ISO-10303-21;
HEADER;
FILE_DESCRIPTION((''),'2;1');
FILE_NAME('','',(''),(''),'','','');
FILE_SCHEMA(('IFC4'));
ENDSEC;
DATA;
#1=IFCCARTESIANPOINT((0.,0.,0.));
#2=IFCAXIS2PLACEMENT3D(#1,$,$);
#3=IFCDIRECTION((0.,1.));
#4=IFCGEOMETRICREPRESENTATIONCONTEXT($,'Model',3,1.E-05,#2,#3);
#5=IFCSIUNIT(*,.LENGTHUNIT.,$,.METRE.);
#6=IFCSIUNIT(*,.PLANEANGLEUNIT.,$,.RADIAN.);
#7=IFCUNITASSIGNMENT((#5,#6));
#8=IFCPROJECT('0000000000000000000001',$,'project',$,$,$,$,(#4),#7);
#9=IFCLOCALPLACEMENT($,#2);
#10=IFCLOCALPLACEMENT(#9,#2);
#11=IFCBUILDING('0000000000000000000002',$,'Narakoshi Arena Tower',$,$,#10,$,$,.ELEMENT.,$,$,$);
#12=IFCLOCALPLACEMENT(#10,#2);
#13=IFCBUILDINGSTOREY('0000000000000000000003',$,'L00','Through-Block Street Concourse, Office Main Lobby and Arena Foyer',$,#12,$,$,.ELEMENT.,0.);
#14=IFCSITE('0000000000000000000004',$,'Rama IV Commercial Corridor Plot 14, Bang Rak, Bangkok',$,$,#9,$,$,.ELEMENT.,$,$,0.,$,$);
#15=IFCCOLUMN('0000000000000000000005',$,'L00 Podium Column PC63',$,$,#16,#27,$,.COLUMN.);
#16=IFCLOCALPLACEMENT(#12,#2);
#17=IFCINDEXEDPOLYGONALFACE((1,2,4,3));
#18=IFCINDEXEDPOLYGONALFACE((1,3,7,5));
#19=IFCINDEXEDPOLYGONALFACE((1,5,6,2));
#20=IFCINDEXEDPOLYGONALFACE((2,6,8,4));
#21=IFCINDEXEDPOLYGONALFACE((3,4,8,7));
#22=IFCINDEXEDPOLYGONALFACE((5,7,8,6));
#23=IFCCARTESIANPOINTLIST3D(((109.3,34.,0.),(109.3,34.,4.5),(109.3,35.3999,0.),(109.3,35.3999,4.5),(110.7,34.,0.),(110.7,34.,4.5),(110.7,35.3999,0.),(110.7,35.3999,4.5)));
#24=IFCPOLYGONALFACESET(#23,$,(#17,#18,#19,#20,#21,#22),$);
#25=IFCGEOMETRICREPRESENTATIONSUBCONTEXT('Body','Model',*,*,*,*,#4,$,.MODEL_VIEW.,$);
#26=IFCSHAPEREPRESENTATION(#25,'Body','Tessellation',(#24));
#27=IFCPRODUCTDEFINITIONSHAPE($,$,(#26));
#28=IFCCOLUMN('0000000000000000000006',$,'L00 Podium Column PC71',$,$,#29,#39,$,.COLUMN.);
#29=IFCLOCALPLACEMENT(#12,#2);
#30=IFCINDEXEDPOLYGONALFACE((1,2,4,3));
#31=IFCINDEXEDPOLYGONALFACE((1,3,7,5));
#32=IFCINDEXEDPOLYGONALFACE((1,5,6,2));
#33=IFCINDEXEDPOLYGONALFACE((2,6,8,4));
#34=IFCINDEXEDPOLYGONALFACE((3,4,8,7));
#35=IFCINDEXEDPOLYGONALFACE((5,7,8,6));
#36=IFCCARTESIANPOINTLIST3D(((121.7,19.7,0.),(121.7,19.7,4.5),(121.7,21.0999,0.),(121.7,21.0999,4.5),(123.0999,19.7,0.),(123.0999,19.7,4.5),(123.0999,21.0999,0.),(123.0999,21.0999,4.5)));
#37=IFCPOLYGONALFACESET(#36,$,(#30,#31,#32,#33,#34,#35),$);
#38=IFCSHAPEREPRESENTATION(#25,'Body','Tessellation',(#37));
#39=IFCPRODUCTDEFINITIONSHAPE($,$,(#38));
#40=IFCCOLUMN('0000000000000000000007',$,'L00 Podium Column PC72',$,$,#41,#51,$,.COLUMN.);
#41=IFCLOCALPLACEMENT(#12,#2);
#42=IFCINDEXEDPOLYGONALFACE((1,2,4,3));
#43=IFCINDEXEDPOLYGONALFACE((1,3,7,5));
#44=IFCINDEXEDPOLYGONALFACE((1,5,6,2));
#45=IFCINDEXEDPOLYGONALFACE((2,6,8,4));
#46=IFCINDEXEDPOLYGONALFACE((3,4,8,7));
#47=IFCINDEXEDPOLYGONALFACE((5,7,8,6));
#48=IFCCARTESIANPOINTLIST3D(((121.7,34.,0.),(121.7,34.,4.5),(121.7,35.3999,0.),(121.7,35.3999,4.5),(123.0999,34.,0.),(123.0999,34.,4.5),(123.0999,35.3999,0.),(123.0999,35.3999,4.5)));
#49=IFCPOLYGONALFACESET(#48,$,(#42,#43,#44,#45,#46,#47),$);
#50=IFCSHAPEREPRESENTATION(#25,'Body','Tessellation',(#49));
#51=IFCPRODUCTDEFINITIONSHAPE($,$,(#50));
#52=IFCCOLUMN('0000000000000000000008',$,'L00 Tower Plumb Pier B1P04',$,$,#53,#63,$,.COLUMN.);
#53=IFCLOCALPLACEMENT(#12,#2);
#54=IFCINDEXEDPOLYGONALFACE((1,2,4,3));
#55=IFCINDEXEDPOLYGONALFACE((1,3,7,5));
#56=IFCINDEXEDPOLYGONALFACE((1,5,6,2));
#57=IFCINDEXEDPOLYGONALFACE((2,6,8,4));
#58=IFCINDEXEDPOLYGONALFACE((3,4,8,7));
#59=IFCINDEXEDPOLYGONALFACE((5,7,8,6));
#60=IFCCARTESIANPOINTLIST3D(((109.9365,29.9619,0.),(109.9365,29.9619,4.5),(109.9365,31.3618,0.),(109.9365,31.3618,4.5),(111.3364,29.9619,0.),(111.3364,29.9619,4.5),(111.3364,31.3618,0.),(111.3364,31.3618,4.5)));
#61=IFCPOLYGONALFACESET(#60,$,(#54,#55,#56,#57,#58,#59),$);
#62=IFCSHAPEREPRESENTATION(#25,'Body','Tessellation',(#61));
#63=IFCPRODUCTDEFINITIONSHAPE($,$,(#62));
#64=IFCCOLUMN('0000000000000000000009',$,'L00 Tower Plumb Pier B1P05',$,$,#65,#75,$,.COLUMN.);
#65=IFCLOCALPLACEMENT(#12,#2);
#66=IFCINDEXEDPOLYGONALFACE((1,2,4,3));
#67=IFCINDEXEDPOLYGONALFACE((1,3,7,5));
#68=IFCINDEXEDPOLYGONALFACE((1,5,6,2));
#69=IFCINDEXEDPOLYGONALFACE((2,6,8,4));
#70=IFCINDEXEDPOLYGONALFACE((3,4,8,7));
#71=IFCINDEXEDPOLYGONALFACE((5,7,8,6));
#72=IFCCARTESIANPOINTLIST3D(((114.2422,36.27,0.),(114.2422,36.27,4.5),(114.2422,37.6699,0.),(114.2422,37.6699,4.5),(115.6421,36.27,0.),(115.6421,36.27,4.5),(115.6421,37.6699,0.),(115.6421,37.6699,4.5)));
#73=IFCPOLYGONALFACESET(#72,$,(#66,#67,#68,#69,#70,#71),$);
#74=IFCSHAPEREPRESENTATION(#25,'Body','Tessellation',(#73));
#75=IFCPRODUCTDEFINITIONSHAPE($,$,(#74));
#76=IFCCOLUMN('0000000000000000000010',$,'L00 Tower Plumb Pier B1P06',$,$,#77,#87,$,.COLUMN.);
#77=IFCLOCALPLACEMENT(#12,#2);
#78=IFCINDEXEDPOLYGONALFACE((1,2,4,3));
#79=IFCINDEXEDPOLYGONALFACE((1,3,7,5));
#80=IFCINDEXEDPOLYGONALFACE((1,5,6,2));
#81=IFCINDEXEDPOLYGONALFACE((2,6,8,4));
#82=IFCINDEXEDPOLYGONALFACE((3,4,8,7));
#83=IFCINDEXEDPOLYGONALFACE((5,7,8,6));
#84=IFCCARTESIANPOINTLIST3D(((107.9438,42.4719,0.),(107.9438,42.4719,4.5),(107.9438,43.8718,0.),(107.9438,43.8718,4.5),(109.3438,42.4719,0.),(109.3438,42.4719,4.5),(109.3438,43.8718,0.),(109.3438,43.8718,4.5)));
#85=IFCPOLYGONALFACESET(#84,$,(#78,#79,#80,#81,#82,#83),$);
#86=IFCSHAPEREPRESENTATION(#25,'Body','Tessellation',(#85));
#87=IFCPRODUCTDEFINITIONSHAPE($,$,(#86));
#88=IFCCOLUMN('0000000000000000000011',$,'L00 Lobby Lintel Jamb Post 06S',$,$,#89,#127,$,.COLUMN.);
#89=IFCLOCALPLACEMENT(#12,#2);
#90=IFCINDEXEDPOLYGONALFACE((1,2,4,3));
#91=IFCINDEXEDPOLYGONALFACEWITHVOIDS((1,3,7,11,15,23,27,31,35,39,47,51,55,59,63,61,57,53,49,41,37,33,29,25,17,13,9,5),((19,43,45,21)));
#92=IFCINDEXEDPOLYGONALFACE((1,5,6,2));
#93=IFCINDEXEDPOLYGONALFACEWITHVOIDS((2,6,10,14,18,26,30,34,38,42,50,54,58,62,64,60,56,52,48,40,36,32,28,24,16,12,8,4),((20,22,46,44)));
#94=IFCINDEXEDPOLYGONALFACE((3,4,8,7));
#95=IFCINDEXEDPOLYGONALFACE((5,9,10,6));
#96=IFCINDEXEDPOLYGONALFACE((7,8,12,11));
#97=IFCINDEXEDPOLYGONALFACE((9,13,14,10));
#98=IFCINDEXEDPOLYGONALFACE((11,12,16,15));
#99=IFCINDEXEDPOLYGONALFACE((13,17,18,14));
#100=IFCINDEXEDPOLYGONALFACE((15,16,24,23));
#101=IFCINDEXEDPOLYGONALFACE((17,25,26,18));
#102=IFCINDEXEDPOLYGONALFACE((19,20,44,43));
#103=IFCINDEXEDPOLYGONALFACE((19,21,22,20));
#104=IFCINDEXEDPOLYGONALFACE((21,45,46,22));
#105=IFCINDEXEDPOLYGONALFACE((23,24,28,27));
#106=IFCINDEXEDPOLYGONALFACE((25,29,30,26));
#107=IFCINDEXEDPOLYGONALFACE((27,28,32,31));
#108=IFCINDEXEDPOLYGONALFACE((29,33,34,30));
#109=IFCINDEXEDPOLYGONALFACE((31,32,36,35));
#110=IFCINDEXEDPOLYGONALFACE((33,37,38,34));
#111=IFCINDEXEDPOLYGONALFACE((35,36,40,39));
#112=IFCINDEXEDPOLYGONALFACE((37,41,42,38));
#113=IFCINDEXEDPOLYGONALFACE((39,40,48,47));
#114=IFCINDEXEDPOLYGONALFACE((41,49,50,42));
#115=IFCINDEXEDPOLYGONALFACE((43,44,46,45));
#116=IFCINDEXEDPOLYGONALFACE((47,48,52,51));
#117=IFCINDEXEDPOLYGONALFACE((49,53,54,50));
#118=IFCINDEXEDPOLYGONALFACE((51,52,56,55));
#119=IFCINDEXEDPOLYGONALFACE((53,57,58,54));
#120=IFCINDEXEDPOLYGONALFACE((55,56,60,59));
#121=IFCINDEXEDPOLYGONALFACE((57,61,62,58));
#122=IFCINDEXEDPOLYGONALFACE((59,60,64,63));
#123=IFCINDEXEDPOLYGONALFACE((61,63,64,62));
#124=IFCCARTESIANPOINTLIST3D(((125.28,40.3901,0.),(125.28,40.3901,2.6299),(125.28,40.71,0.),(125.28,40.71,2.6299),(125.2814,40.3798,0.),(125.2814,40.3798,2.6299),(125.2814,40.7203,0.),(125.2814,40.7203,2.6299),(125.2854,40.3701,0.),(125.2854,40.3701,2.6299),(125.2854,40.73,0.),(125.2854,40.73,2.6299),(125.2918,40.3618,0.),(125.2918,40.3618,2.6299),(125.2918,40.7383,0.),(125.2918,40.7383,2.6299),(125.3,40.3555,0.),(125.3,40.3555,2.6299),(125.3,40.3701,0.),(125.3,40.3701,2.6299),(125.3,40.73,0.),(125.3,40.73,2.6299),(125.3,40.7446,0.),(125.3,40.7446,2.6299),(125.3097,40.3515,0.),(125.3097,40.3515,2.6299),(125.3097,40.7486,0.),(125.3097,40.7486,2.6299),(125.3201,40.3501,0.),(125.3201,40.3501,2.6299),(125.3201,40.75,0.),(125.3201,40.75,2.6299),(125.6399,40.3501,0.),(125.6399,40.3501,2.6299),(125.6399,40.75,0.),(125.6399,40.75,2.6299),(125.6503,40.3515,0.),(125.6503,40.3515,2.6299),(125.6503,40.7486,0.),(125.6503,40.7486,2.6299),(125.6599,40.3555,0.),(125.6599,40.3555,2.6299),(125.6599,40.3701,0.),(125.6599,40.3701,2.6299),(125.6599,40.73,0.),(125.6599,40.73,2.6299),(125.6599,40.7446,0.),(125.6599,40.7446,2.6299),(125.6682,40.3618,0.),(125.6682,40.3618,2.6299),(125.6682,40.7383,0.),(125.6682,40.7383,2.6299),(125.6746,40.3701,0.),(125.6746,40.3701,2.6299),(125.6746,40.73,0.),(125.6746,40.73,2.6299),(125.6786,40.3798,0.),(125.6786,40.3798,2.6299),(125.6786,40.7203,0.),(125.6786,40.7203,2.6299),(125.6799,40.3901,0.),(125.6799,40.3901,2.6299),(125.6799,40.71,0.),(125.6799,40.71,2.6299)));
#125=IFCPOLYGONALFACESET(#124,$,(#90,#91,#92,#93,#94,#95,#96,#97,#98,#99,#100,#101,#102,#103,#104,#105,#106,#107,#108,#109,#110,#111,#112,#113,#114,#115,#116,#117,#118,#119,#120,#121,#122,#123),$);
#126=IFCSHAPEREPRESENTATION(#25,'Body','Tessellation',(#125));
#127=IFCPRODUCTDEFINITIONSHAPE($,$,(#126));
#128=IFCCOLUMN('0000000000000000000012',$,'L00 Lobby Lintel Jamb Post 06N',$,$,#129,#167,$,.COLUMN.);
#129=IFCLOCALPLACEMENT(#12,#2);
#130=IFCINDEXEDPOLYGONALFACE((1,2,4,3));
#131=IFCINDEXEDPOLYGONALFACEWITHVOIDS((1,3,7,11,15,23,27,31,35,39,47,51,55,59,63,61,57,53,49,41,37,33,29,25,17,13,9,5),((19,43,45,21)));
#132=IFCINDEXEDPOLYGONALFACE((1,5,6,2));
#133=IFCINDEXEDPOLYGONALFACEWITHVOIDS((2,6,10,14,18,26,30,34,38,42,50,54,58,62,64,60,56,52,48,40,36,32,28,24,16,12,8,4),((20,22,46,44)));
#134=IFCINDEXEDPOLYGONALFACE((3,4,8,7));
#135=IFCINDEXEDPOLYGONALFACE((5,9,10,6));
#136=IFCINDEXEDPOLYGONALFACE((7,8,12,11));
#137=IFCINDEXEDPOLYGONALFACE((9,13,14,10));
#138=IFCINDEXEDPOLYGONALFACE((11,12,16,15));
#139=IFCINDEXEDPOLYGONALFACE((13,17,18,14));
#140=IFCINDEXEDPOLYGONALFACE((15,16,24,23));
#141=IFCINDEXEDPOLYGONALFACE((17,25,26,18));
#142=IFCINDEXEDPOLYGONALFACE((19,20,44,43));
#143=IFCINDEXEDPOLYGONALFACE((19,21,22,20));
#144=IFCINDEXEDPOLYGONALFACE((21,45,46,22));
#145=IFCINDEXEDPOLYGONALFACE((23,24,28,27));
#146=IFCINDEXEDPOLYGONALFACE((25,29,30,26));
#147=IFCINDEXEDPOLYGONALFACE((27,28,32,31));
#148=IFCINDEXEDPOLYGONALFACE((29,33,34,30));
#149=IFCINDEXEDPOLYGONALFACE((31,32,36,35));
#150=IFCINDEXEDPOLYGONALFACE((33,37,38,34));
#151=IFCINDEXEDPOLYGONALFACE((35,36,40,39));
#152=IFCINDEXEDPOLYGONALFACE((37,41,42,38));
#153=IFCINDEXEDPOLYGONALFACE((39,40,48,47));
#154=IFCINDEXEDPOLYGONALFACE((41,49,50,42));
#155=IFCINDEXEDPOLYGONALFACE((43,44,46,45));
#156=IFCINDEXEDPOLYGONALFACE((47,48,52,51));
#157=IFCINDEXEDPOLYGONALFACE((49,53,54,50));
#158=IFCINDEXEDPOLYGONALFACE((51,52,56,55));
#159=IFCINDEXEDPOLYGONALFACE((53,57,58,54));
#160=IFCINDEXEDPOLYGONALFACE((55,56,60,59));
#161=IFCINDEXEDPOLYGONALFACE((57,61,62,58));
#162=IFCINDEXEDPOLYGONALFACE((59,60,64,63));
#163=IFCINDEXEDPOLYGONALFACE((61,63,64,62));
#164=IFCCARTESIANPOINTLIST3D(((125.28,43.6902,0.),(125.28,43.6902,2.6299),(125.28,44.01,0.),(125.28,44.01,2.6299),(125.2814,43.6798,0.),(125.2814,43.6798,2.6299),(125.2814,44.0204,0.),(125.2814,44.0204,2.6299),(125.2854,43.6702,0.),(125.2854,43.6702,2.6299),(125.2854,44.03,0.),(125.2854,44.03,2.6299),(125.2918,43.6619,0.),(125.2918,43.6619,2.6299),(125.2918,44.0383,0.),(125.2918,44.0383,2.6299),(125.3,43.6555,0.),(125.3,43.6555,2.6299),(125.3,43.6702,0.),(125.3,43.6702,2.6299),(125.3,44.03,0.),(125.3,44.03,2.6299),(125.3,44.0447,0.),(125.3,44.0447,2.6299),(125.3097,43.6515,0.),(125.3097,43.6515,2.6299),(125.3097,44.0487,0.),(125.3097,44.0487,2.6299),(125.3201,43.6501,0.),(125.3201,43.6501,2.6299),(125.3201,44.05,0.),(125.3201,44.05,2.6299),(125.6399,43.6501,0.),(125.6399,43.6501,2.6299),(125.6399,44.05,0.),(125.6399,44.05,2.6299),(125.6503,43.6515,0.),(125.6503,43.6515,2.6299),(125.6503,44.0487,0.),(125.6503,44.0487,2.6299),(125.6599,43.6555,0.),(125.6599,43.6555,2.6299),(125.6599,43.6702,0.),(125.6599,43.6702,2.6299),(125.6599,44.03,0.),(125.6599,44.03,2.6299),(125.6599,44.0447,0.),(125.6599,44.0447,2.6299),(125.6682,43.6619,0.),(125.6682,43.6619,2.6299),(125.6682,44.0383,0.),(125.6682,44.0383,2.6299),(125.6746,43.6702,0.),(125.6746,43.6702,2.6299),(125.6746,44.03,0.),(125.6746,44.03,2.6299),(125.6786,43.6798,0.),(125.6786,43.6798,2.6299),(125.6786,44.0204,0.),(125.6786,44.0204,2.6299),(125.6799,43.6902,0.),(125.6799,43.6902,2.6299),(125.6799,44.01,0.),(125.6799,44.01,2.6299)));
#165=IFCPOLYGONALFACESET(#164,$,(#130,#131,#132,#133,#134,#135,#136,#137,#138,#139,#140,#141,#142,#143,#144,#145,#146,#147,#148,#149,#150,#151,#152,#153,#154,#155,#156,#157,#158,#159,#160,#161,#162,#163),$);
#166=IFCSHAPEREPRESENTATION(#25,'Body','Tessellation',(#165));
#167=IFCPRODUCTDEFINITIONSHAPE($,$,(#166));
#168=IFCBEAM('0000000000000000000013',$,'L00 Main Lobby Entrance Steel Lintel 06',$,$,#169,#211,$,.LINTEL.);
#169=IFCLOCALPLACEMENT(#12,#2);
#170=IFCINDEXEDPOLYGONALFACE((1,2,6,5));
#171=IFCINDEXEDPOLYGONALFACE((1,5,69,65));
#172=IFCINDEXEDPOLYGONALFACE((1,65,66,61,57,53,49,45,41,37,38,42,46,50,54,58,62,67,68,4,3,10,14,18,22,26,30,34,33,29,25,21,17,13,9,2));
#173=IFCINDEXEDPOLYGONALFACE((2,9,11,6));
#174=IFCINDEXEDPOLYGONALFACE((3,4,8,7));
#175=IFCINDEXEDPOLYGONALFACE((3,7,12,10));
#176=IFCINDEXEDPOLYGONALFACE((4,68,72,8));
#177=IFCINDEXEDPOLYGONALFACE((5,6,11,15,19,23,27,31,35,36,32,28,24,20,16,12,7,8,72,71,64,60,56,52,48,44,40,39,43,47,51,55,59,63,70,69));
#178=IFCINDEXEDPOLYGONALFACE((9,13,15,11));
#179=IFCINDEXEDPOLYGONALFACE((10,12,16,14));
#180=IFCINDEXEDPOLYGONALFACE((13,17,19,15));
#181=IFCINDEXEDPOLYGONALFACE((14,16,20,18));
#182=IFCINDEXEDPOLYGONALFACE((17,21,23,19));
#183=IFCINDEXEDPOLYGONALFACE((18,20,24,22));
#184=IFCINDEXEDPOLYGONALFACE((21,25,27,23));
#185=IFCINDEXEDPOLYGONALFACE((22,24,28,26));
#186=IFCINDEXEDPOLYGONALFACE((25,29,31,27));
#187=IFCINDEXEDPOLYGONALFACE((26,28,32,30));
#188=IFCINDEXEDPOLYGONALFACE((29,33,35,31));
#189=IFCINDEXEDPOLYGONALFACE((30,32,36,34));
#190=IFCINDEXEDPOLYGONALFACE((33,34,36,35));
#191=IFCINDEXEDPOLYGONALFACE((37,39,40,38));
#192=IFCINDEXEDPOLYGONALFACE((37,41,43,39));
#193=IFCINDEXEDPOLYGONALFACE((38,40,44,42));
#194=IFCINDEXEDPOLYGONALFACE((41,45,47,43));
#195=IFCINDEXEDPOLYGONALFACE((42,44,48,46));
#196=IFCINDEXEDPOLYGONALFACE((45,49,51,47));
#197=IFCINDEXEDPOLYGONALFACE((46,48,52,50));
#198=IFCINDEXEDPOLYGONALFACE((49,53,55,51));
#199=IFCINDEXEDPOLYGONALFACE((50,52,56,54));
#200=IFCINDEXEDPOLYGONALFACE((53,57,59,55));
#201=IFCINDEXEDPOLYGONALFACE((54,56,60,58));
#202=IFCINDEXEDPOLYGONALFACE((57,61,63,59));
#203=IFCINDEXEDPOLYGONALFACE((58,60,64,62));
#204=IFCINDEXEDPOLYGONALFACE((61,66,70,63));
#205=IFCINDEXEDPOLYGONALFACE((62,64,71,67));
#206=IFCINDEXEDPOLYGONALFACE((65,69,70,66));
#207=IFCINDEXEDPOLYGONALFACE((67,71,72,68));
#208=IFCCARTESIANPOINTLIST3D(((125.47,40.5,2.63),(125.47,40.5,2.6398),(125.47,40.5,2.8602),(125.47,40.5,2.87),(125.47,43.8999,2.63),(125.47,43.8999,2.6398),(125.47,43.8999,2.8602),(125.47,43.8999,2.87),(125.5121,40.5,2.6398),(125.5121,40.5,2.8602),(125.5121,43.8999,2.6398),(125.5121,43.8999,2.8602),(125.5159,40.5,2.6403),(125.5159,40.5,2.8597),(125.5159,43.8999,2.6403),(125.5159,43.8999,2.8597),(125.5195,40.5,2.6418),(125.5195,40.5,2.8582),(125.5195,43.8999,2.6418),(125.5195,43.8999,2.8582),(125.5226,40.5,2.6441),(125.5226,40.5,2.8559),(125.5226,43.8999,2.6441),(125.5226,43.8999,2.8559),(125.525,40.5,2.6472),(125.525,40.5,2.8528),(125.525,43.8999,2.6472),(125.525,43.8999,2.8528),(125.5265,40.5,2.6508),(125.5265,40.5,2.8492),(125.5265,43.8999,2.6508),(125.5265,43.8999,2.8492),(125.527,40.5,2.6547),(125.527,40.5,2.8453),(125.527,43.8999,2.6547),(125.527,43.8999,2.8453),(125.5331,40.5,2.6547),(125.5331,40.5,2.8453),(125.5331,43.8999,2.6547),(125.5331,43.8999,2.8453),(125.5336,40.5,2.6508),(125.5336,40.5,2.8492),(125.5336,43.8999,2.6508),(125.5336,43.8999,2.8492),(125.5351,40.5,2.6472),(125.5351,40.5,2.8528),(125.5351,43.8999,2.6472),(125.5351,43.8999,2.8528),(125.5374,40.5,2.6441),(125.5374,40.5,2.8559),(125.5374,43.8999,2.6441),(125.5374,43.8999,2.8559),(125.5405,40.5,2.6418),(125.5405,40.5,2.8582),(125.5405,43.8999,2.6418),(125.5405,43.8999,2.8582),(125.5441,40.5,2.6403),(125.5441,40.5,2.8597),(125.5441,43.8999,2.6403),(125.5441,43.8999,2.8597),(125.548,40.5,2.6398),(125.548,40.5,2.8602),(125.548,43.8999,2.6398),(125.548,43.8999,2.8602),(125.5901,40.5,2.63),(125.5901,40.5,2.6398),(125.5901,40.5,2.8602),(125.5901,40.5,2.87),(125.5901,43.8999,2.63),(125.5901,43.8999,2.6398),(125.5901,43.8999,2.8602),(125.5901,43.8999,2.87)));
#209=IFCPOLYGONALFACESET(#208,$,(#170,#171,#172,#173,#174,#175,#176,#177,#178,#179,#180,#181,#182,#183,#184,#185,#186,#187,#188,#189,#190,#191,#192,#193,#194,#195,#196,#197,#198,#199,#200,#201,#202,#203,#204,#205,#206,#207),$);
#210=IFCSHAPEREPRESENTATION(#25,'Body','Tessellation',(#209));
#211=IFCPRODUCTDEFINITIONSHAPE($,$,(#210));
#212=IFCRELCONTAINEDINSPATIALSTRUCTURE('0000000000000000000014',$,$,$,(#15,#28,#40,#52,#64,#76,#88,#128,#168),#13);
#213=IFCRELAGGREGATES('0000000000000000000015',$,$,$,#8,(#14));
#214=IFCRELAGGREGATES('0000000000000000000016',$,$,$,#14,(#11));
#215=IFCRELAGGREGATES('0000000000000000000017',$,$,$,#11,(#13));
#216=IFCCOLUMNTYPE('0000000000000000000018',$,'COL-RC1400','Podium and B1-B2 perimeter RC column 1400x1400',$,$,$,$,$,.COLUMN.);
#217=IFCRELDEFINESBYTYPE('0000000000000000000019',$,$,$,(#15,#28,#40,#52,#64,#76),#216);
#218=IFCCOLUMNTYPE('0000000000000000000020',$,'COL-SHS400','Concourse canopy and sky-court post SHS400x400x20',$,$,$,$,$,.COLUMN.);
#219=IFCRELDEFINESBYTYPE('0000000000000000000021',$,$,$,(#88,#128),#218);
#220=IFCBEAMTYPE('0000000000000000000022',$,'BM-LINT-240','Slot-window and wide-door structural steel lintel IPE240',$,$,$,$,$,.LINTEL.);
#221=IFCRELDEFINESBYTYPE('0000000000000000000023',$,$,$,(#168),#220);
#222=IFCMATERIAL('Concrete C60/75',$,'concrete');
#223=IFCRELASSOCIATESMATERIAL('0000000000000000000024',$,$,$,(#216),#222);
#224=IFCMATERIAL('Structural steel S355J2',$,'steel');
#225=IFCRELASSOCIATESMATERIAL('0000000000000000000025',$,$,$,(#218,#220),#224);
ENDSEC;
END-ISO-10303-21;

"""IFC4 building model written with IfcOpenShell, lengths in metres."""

from ifc_helpers import new_model, si_unit, direction, frame, origin, origin_2d, place, context, subcontext, project, spatial, rectangle, hollow_rectangle, i_section, extrude, material, material_profile, profile_set, type_object, element, save


model = new_model("IFC4")

# Units and contexts
model_context = context("Model", 3, precision=1e-05, world=origin(), true_north=direction((0.0, 1.0)))
body_context = subcontext(model_context, "Body", "Model", "MODEL_VIEW")
ifc_project = project(units=[si_unit("LENGTHUNIT", "METRE"), si_unit("PLANEANGLEUNIT", "RADIAN")], contexts=[model_context])

# Site, building, storey
site_placement = place(None, origin())
site = spatial("IfcSite", under=ifc_project, at=site_placement, Name="Rama IV Commercial Corridor Plot 14, Bang Rak, Bangkok", CompositionType="ELEMENT", RefElevation=0.0)
building_placement = place(site_placement, origin())
building = spatial("IfcBuilding", under=site, at=building_placement, Name="Narakoshi Arena Tower", CompositionType="ELEMENT")
storey_placement = place(building_placement, origin())
storey = spatial("IfcBuildingStorey", under=building, at=storey_placement, Name="L00", Description="Through-Block Street Concourse, Office Main Lobby and Arena Foyer", CompositionType="ELEMENT", Elevation=0.0)

# Columns
ifc_material_1 = material(Name="Concrete C60/75", Category="concrete")
ifc_material_profile_1 = material_profile(ifc_material_1, rectangle(XDim=1.3999, YDim=1.3999, at=origin_2d()), Name="RC1400x1400")
ifc_profile_set_1 = profile_set([ifc_material_profile_1], Name="Concrete C60/75")
column_type_1 = type_object("IfcColumnType", Name="COL-RC1400", Description="Podium and B1-B2 perimeter RC column 1400x1400", PredefinedType="COLUMN", material=ifc_profile_set_1)
for number, where, z_axis, x_axis, name in (
    (1, (110.0, 34.7, 0.0), (0.0, 0.0, 1.0), (1.0, 0.0, 0.0), "L00 Podium Column PC63"),
    (2, (122.3999, 20.3999, 0.0), (0.0, 0.0, 1.0), (1.0, 0.0, 0.0), "L00 Podium Column PC71"),
    (3, (122.3999, 34.7, 0.0), (0.0, 0.0, 1.0), (1.0, 0.0, 0.0), "L00 Podium Column PC72"),
    (4, (110.6365, 30.6619, 0.0), (0.0, 0.0, 1.0), (1.0, 0.0, 0.0), "L00 Tower Plumb Pier B1P04"),
    (5, (114.9421, 36.97, 0.0), (0.0, 0.0, 1.0), (1.0, 0.0, 0.0), "L00 Tower Plumb Pier B1P05"),
    (6, (108.6438, 43.1719, 0.0), (0.0, 0.0, 1.0), (1.0, 0.0, 0.0), "L00 Tower Plumb Pier B1P06"),
):
    element("IfcColumn", number, at=place(storey_placement, frame(where, z_axis=z_axis, x_axis=x_axis)), inside=storey, type_object=column_type_1, Name=name, PredefinedType="COLUMN", context=body_context, shape_type="SweptSolid", body=[
        extrude(rectangle(XDim=1.3999, YDim=1.3999, at=origin_2d()), origin(), (0.0, 0.0, 1.0), 4.5),
    ])
ifc_material_2 = material(Name="Structural steel S355J2", Category="steel")
ifc_material_profile_2 = material_profile(ifc_material_2, hollow_rectangle(XDim=0.3999, YDim=0.3999, WallThickness=0.02, OuterFilletRadius=0.04, at=origin_2d()), Name="SHS400x400x20")
ifc_profile_set_2 = profile_set([ifc_material_profile_2], Name="Structural steel S355J2")
column_type_2 = type_object("IfcColumnType", Name="COL-SHS400", Description="Concourse canopy and sky-court post SHS400x400x20", PredefinedType="COLUMN", material=ifc_profile_set_2)
for number, where, z_axis, x_axis, name in (
    (7, (125.48, 40.55, 0.0), (0.0, 0.0, 1.0), (1.0, 0.0, 0.0), "L00 Lobby Lintel Jamb Post 06S"),
    (8, (125.48, 43.8501, 0.0), (0.0, 0.0, 1.0), (1.0, 0.0, 0.0), "L00 Lobby Lintel Jamb Post 06N"),
):
    element("IfcColumn", number, at=place(storey_placement, frame(where, z_axis=z_axis, x_axis=x_axis)), inside=storey, type_object=column_type_2, Name=name, PredefinedType="COLUMN", context=body_context, shape_type="SweptSolid", body=[
        extrude(hollow_rectangle(XDim=0.3999, YDim=0.3999, WallThickness=0.02, OuterFilletRadius=0.04, at=origin_2d()), origin(), (0.0, 0.0, 1.0), 2.6299),
    ])

# Beam
ifc_material_profile_3 = material_profile(ifc_material_2, i_section(OverallWidth=0.1201, OverallDepth=0.24, WebThickness=0.0061, FlangeThickness=0.0098, FilletRadius=0.0149, at=origin_2d()), Name="IPE240")
ifc_profile_set_3 = profile_set([ifc_material_profile_3], Name="Structural steel S355J2")
beam_type_1 = type_object("IfcBeamType", Name="BM-LINT-240", Description="Slot-window and wide-door structural steel lintel IPE240", PredefinedType="LINTEL", material=ifc_profile_set_3)
beam_1_placement = place(storey_placement, frame((125.53, 40.5, 2.75), z_axis=(0.0, 1.0, 0.0), x_axis=(-1.0, 0.0, 0.0)))
element("IfcBeam", 9, at=beam_1_placement, inside=storey, type_object=beam_type_1, Name="L00 Main Lobby Entrance Steel Lintel 06", PredefinedType="LINTEL", context=body_context, shape_type="SweptSolid", body=[
    extrude(i_section(OverallWidth=0.1201, OverallDepth=0.24, WebThickness=0.0061, FlangeThickness=0.0098, FilletRadius=0.0149, at=origin_2d()), origin(), (0.0, 0.0, 1.0), 3.3999),
])

save(model, "model.ifc")
